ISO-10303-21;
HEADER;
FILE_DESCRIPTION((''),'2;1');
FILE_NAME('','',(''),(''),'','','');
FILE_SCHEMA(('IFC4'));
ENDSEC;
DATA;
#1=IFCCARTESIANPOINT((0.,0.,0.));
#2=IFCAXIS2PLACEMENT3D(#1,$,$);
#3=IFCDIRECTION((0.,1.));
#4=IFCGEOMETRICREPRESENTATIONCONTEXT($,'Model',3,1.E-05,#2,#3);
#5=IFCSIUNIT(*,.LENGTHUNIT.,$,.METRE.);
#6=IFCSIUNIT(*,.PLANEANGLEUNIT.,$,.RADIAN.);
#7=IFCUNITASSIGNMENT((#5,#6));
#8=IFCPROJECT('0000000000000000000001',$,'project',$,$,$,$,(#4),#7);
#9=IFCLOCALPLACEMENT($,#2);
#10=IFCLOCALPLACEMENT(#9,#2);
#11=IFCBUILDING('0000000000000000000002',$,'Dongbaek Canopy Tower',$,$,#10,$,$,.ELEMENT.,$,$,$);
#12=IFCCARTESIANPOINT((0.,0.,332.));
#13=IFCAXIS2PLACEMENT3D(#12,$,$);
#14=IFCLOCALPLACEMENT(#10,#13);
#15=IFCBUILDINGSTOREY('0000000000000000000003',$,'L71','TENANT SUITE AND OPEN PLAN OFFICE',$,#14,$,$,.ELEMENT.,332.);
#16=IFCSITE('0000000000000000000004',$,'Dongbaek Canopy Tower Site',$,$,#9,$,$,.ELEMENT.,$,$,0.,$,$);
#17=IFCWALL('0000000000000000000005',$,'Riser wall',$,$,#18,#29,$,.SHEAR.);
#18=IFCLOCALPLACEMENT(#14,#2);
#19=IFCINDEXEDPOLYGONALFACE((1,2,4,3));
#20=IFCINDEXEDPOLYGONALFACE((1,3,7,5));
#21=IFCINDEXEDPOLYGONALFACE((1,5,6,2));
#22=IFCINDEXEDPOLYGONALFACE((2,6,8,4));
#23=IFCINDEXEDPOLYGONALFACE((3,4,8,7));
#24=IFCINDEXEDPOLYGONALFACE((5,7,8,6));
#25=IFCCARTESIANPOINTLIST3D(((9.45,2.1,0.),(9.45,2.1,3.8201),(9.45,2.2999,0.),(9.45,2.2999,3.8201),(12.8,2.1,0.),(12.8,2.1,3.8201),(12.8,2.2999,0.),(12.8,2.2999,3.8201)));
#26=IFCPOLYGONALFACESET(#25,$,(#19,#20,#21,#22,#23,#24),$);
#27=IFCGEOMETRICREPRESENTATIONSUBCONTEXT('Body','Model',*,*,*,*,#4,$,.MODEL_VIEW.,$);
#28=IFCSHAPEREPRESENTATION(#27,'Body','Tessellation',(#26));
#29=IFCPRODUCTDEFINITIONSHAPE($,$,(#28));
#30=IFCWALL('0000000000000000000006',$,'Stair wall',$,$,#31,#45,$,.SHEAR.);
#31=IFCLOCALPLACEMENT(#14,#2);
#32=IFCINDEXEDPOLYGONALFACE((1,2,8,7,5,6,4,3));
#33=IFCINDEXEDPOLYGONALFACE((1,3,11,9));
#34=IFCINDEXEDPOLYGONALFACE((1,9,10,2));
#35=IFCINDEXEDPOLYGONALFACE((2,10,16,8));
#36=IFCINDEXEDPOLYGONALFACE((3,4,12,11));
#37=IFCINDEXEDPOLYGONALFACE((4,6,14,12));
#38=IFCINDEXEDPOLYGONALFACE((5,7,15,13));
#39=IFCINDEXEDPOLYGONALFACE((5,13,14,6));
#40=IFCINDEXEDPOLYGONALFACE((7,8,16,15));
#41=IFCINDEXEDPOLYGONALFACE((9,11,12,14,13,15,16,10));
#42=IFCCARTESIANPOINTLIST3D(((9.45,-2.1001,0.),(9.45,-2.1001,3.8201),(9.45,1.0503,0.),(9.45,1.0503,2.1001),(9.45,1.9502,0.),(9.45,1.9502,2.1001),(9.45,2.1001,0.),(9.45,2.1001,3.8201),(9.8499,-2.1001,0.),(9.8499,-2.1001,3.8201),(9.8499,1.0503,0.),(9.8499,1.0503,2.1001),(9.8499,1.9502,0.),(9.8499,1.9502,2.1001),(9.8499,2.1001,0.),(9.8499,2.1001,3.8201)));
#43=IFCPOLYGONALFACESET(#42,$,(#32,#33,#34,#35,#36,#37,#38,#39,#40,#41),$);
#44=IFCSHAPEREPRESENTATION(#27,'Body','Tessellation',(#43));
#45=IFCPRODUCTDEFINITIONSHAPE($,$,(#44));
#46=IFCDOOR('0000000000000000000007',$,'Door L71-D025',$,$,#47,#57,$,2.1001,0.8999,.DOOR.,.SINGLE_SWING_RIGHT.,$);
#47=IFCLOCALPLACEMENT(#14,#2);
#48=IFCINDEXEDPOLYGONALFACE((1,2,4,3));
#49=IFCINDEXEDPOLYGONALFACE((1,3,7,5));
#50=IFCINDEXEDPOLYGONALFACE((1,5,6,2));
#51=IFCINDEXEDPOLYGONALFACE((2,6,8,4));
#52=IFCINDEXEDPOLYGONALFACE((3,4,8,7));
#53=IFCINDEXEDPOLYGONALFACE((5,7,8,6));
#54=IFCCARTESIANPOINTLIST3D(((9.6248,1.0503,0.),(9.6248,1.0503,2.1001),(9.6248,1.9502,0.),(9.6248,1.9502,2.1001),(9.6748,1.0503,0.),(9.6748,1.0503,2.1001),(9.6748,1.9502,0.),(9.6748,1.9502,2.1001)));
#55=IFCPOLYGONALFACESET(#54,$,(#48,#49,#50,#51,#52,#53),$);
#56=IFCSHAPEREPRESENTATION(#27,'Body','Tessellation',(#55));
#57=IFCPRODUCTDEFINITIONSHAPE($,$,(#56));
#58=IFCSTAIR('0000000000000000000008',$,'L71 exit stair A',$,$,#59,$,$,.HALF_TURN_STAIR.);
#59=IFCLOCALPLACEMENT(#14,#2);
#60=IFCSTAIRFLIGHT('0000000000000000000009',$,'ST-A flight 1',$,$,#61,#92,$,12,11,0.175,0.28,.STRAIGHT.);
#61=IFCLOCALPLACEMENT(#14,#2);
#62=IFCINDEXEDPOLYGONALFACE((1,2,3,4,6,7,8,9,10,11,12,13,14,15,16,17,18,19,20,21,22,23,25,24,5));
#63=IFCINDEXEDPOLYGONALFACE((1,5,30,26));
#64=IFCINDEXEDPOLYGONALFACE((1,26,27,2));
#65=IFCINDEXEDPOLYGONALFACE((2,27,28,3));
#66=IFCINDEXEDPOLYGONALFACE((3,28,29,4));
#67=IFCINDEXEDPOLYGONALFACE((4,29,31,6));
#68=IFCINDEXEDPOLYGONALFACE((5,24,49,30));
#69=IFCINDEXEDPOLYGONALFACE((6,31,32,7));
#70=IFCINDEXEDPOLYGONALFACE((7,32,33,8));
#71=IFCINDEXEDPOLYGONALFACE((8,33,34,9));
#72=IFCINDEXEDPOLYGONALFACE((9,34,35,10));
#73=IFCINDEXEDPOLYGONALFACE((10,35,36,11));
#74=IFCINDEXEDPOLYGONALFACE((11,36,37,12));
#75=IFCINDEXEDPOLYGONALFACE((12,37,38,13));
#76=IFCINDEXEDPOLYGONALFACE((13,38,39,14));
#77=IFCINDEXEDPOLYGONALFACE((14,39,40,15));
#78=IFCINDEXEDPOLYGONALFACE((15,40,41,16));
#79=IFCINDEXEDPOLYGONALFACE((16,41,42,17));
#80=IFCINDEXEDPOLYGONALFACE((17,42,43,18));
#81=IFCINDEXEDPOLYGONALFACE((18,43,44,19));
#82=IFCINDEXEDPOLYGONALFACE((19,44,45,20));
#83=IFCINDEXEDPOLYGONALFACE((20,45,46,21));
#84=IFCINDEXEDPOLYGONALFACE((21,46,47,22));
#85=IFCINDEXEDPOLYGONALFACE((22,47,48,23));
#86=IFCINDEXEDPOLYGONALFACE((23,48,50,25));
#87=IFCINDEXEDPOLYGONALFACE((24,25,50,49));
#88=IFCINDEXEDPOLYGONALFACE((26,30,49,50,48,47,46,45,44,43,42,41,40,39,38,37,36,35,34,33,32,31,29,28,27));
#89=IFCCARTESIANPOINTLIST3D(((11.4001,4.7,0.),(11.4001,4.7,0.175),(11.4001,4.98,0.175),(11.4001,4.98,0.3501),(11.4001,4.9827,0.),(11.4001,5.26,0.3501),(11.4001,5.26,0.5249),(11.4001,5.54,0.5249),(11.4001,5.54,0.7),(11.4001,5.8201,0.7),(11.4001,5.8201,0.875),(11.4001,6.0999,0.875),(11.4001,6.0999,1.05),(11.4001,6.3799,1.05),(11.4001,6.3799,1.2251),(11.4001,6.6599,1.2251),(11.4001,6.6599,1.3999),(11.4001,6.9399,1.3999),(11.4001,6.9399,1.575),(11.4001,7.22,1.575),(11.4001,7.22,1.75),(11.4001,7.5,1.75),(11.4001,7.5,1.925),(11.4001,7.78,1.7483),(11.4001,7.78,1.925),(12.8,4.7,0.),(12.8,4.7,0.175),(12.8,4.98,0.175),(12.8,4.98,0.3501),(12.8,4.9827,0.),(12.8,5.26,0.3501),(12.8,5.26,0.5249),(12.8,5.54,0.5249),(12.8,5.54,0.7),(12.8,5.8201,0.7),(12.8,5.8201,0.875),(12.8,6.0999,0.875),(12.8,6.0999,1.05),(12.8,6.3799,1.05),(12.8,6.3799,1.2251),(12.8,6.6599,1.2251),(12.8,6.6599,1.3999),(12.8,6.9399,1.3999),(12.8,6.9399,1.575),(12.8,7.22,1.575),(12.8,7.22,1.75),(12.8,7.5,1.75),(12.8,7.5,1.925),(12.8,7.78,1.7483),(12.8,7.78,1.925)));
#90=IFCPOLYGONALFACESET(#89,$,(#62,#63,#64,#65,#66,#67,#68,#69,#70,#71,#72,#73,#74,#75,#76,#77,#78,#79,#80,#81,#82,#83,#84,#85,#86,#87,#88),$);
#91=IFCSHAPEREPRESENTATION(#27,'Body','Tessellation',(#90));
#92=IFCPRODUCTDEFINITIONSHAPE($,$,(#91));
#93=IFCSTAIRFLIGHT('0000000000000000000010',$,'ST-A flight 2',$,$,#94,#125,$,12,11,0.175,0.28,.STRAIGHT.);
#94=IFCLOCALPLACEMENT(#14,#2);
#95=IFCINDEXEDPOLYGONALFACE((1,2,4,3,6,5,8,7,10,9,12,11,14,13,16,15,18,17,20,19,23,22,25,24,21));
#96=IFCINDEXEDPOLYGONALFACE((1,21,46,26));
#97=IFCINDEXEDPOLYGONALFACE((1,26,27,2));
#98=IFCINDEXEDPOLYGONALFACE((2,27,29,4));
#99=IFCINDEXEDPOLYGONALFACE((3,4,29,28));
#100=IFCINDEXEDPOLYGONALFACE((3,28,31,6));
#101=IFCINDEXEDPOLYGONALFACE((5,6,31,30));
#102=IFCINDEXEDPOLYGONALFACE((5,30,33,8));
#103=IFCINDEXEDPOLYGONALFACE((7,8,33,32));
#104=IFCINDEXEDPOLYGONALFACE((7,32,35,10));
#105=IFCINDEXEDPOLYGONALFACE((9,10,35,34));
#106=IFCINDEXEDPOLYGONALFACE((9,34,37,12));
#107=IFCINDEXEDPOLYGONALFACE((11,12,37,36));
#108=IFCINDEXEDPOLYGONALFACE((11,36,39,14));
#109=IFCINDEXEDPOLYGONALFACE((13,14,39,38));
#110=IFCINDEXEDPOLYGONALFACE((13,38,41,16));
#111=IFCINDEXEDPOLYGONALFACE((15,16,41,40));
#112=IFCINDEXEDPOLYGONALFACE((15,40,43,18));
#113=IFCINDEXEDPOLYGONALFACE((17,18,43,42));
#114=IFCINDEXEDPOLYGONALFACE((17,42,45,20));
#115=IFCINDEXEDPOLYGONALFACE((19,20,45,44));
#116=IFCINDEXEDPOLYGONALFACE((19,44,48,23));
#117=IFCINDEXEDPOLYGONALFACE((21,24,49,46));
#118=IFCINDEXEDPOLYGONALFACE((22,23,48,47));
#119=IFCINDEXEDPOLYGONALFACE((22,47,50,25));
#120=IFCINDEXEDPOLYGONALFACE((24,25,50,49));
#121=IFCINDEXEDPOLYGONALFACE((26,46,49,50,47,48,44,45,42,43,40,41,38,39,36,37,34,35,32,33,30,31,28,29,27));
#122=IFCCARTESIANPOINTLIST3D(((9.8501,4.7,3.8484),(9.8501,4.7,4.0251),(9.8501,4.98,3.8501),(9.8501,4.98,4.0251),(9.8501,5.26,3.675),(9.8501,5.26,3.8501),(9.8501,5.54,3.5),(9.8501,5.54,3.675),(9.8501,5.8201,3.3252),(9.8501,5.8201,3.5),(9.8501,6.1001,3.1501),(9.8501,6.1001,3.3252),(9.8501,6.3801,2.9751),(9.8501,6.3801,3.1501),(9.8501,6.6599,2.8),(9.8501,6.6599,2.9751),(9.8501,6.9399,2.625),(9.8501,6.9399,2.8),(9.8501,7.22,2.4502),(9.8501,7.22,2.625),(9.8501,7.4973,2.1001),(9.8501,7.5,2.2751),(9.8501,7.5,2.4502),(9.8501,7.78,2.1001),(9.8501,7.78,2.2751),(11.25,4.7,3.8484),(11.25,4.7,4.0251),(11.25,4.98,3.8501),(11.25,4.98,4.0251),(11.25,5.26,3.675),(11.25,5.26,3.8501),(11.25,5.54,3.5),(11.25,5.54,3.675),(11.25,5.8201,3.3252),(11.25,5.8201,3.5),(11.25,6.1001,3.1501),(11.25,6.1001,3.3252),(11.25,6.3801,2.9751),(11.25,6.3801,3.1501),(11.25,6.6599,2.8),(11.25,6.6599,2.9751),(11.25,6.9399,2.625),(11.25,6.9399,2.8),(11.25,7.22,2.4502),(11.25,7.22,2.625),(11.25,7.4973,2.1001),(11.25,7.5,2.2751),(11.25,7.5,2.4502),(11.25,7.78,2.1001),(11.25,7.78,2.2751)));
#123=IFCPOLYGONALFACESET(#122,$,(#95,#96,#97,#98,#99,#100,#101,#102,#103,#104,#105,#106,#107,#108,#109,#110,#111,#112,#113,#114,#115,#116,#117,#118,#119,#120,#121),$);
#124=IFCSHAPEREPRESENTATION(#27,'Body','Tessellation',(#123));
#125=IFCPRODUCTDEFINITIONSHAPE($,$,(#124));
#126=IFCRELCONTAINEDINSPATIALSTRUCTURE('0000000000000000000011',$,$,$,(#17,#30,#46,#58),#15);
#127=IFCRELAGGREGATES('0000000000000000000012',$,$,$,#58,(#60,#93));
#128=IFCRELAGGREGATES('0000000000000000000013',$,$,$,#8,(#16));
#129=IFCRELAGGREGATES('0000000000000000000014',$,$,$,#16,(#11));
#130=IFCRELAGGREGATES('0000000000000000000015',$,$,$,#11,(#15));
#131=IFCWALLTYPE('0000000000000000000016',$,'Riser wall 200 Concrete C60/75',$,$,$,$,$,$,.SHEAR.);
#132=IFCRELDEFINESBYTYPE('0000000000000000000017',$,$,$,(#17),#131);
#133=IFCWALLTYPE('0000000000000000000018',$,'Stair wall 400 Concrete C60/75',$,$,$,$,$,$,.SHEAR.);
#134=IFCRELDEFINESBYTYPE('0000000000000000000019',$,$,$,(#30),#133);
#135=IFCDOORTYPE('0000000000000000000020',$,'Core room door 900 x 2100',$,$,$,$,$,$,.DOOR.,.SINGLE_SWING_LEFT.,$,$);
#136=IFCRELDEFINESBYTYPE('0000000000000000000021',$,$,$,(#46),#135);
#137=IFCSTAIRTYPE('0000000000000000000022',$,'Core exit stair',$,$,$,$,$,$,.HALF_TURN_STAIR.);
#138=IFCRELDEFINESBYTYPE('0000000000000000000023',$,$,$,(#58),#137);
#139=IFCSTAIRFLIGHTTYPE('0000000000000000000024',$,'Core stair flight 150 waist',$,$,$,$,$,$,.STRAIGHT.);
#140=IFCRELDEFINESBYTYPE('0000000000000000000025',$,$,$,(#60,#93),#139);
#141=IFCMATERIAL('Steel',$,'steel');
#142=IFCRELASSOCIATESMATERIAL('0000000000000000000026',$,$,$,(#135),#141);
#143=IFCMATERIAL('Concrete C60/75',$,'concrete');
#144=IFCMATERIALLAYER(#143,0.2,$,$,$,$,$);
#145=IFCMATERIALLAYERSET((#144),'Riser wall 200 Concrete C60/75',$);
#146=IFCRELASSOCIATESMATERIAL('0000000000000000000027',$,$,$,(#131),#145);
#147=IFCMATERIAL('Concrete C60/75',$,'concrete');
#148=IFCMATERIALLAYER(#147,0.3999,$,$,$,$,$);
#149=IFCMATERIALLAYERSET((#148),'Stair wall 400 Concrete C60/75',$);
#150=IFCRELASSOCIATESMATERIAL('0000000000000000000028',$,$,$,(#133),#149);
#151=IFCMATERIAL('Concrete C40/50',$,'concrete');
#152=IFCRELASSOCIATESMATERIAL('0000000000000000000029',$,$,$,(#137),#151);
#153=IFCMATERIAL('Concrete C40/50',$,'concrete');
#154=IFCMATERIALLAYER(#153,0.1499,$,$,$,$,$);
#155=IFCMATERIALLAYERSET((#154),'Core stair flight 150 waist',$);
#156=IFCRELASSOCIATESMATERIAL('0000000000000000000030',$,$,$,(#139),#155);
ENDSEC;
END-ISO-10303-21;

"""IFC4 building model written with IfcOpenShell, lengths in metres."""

from ifc_helpers import new_model, si_unit, direction, frame, frame_2d, origin, place, context, subcontext, project, spatial, polyline, rectangle, outline, extrude, material, layer, layer_set, type_object, element, fill, aggregate, save


model = new_model("IFC4")

# Units and contexts
model_context = context("Model", 3, precision=1e-05, world=origin(), true_north=direction((0.0, 1.0)))
body_context = subcontext(model_context, "Body", "Model", "MODEL_VIEW")
ifc_project = project(units=[si_unit("LENGTHUNIT", "METRE"), si_unit("PLANEANGLEUNIT", "RADIAN")], contexts=[model_context])

# Site, building, storey
site_placement = place(None, origin())
site = spatial("IfcSite", under=ifc_project, at=site_placement, Name="Dongbaek Canopy Tower Site", CompositionType="ELEMENT", RefElevation=0.0)
building_placement = place(site_placement, origin())
building = spatial("IfcBuilding", under=site, at=building_placement, Name="Dongbaek Canopy Tower", CompositionType="ELEMENT")
storey_placement = place(building_placement, frame((0.0, 0.0, 332.0)))
storey = spatial("IfcBuildingStorey", under=building, at=storey_placement, Name="L71", Description="TENANT SUITE AND OPEN PLAN OFFICE", CompositionType="ELEMENT", Elevation=332.0)

# Shared definitions
ifc_material_1 = material(Name="Steel", Category="steel")
door_type_1 = type_object("IfcDoorType", Name="Core room door 900 x 2100", OperationType="SINGLE_SWING_LEFT", PredefinedType="DOOR", material=ifc_material_1)

# Wall
ifc_material_2 = material(Name="Concrete C60/75", Category="concrete")
ifc_layer_1 = layer(ifc_material_2, 0.2)
ifc_layer_set_1 = layer_set([ifc_layer_1], Name="Riser wall 200 Concrete C60/75")
wall_type_1 = type_object("IfcWallType", Name="Riser wall 200 Concrete C60/75", PredefinedType="SHEAR", material=ifc_layer_set_1)
wall_1_placement = place(storey_placement, frame((9.45, 2.2, 0.0), z_axis=(0.0, 0.0, 1.0), x_axis=(1.0, 0.0, 0.0)))
element("IfcWall", 1, at=wall_1_placement, inside=storey, type_object=wall_type_1, Name="Riser wall", PredefinedType="SHEAR", context=body_context, shape_type="SweptSolid", body=[
    extrude(rectangle(XDim=3.3501, YDim=0.2, at=frame_2d((1.675, 0.0))), origin(), (0.0, 0.0, 1.0), 3.8201),
])

# Wall, opening, door
ifc_material_3 = material(Name="Concrete C60/75", Category="concrete")
ifc_layer_2 = layer(ifc_material_3, 0.3999)
ifc_layer_set_2 = layer_set([ifc_layer_2], Name="Stair wall 400 Concrete C60/75")
wall_type_2 = type_object("IfcWallType", Name="Stair wall 400 Concrete C60/75", PredefinedType="SHEAR", material=ifc_layer_set_2)
wall_2_placement = place(storey_placement, frame((9.6499, 2.1001, 0.0), z_axis=(0.0, 0.0, 1.0), x_axis=(0.0, -1.0, 0.0)))
wall_2 = element("IfcWall", 2, at=wall_2_placement, inside=storey, type_object=wall_type_2, Name="Stair wall", PredefinedType="SHEAR", context=body_context, shape_type="SweptSolid", body=[
    extrude(rectangle(XDim=4.2002, YDim=0.3999, at=frame_2d((2.1001, 0.0))), origin(), (0.0, 0.0, 1.0), 3.8201),
])
opening_1_placement = place(wall_2_placement, frame((0.1499, 0.0, 0.0)))
opening_1 = element("IfcOpeningElement", 3, at=opening_1_placement, cuts=wall_2, PredefinedType="OPENING", context=body_context, shape_type="SweptSolid", body=[
    extrude(rectangle(XDim=0.8999, YDim=2.1001, at=frame_2d((0.45, 1.05))), frame((0.0, 0.21, 0.0), z_axis=(0.0, -1.0, 0.0), x_axis=(1.0, 0.0, 0.0)), (0.0, 0.0, 1.0), 0.4199),
])
door_1_placement = place(opening_1_placement, origin())
door_1 = element("IfcDoor", 4, at=door_1_placement, inside=storey, type_object=door_type_1, Name="Door L71-D025", OperationType="SINGLE_SWING_RIGHT", OverallHeight=2.1001, OverallWidth=0.8999, PredefinedType="DOOR", context=body_context, shape_type="SweptSolid", body=[
    extrude(rectangle(XDim=0.8999, YDim=2.1001, at=frame_2d((0.45, 1.05))), frame((0.0, 0.0249, 0.0), z_axis=(0.0, -1.0, 0.0), x_axis=(1.0, 0.0, 0.0)), (0.0, 0.0, 1.0), 0.05),
])
fill(opening_1, door_1)

# Stair, stair flights
ifc_material_4 = material(Name="Concrete C40/50", Category="concrete")
stair_type = type_object("IfcStairType", Name="Core exit stair", PredefinedType="HALF_TURN_STAIR", material=ifc_material_4)
stair_placement = place(storey_placement, origin())
stair = element("IfcStair", 5, at=stair_placement, inside=storey, type_object=stair_type, Name="L71 exit stair A", PredefinedType="HALF_TURN_STAIR")
ifc_material_5 = material(Name="Concrete C40/50", Category="concrete")
ifc_layer_3 = layer(ifc_material_5, 0.1499)
ifc_layer_set_3 = layer_set([ifc_layer_3], Name="Core stair flight 150 waist")
stair_flight_type = type_object("IfcStairFlightType", Name="Core stair flight 150 waist", PredefinedType="STRAIGHT", material=ifc_layer_set_3)
stair_flight_1_placement = place(storey_placement, frame((12.1001, 4.7, 0.0), z_axis=(0.0, 0.0, 1.0), x_axis=(0.0, 1.0, 0.0)))
stair_flight_1 = element("IfcStairFlight", 6, at=stair_flight_1_placement, type_object=stair_flight_type, Name="ST-A flight 1", NumberOfRisers=12, NumberOfTreads=11, PredefinedType="STRAIGHT", RiserHeight=0.175, TreadLength=0.28, context=body_context, shape_type="SweptSolid", body=[
    extrude(outline(polyline([(0.0, 0.0), (0.0, 0.175), (0.28, 0.175), (0.28, 0.3501), (0.5601, 0.3501), (0.5601, 0.5249), (0.8401, 0.5249), (0.8401, 0.7), (1.1201, 0.7), (1.1201, 0.875), (1.3999, 0.875), (1.3999, 1.05), (1.6799, 1.05), (1.6799, 1.2251), (1.96, 1.2251), (1.96, 1.3999), (2.24, 1.3999), (2.24, 1.575), (2.52, 1.575), (2.52, 1.75), (2.8, 1.75), (2.8, 1.925), (3.0801, 1.925), (3.0801, 2.1001), (3.0801, 1.7483), (0.2827, 0.0), (0.0, 0.0)])), frame((0.0, 0.7, 0.0), z_axis=(0.0, -1.0, 0.0), x_axis=(1.0, 0.0, 0.0)), (0.0, 0.0, 1.0), 1.3999),
])
stair_flight_2_placement = place(storey_placement, frame((10.55, 7.78, 2.1001), z_axis=(0.0, 0.0, 1.0), x_axis=(0.0, -1.0, 0.0)))
stair_flight_2 = element("IfcStairFlight", 7, at=stair_flight_2_placement, type_object=stair_flight_type, Name="ST-A flight 2", NumberOfRisers=12, NumberOfTreads=11, PredefinedType="STRAIGHT", RiserHeight=0.175, TreadLength=0.28, context=body_context, shape_type="SweptSolid", body=[
    extrude(outline(polyline([(0.0, 0.0), (0.0, 0.175), (0.28, 0.175), (0.28, 0.3501), (0.5601, 0.3501), (0.5601, 0.5249), (0.8401, 0.5249), (0.8401, 0.7), (1.1201, 0.7), (1.1201, 0.875), (1.3999, 0.875), (1.3999, 1.05), (1.6799, 1.05), (1.6799, 1.2251), (1.96, 1.2251), (1.96, 1.3999), (2.24, 1.3999), (2.24, 1.575), (2.52, 1.575), (2.52, 1.75), (2.8, 1.75), (2.8, 1.925), (3.0801, 1.925), (3.0801, 2.1001), (3.0801, 1.7483), (0.2827, 0.0), (0.0, 0.0)])), frame((0.0, 0.7, 0.0), z_axis=(0.0, -1.0, 0.0), x_axis=(1.0, 0.0, 0.0)), (0.0, 0.0, 1.0), 1.3999),
])
aggregate(stair, [stair_flight_1, stair_flight_2])

save(model, "model.ifc")
